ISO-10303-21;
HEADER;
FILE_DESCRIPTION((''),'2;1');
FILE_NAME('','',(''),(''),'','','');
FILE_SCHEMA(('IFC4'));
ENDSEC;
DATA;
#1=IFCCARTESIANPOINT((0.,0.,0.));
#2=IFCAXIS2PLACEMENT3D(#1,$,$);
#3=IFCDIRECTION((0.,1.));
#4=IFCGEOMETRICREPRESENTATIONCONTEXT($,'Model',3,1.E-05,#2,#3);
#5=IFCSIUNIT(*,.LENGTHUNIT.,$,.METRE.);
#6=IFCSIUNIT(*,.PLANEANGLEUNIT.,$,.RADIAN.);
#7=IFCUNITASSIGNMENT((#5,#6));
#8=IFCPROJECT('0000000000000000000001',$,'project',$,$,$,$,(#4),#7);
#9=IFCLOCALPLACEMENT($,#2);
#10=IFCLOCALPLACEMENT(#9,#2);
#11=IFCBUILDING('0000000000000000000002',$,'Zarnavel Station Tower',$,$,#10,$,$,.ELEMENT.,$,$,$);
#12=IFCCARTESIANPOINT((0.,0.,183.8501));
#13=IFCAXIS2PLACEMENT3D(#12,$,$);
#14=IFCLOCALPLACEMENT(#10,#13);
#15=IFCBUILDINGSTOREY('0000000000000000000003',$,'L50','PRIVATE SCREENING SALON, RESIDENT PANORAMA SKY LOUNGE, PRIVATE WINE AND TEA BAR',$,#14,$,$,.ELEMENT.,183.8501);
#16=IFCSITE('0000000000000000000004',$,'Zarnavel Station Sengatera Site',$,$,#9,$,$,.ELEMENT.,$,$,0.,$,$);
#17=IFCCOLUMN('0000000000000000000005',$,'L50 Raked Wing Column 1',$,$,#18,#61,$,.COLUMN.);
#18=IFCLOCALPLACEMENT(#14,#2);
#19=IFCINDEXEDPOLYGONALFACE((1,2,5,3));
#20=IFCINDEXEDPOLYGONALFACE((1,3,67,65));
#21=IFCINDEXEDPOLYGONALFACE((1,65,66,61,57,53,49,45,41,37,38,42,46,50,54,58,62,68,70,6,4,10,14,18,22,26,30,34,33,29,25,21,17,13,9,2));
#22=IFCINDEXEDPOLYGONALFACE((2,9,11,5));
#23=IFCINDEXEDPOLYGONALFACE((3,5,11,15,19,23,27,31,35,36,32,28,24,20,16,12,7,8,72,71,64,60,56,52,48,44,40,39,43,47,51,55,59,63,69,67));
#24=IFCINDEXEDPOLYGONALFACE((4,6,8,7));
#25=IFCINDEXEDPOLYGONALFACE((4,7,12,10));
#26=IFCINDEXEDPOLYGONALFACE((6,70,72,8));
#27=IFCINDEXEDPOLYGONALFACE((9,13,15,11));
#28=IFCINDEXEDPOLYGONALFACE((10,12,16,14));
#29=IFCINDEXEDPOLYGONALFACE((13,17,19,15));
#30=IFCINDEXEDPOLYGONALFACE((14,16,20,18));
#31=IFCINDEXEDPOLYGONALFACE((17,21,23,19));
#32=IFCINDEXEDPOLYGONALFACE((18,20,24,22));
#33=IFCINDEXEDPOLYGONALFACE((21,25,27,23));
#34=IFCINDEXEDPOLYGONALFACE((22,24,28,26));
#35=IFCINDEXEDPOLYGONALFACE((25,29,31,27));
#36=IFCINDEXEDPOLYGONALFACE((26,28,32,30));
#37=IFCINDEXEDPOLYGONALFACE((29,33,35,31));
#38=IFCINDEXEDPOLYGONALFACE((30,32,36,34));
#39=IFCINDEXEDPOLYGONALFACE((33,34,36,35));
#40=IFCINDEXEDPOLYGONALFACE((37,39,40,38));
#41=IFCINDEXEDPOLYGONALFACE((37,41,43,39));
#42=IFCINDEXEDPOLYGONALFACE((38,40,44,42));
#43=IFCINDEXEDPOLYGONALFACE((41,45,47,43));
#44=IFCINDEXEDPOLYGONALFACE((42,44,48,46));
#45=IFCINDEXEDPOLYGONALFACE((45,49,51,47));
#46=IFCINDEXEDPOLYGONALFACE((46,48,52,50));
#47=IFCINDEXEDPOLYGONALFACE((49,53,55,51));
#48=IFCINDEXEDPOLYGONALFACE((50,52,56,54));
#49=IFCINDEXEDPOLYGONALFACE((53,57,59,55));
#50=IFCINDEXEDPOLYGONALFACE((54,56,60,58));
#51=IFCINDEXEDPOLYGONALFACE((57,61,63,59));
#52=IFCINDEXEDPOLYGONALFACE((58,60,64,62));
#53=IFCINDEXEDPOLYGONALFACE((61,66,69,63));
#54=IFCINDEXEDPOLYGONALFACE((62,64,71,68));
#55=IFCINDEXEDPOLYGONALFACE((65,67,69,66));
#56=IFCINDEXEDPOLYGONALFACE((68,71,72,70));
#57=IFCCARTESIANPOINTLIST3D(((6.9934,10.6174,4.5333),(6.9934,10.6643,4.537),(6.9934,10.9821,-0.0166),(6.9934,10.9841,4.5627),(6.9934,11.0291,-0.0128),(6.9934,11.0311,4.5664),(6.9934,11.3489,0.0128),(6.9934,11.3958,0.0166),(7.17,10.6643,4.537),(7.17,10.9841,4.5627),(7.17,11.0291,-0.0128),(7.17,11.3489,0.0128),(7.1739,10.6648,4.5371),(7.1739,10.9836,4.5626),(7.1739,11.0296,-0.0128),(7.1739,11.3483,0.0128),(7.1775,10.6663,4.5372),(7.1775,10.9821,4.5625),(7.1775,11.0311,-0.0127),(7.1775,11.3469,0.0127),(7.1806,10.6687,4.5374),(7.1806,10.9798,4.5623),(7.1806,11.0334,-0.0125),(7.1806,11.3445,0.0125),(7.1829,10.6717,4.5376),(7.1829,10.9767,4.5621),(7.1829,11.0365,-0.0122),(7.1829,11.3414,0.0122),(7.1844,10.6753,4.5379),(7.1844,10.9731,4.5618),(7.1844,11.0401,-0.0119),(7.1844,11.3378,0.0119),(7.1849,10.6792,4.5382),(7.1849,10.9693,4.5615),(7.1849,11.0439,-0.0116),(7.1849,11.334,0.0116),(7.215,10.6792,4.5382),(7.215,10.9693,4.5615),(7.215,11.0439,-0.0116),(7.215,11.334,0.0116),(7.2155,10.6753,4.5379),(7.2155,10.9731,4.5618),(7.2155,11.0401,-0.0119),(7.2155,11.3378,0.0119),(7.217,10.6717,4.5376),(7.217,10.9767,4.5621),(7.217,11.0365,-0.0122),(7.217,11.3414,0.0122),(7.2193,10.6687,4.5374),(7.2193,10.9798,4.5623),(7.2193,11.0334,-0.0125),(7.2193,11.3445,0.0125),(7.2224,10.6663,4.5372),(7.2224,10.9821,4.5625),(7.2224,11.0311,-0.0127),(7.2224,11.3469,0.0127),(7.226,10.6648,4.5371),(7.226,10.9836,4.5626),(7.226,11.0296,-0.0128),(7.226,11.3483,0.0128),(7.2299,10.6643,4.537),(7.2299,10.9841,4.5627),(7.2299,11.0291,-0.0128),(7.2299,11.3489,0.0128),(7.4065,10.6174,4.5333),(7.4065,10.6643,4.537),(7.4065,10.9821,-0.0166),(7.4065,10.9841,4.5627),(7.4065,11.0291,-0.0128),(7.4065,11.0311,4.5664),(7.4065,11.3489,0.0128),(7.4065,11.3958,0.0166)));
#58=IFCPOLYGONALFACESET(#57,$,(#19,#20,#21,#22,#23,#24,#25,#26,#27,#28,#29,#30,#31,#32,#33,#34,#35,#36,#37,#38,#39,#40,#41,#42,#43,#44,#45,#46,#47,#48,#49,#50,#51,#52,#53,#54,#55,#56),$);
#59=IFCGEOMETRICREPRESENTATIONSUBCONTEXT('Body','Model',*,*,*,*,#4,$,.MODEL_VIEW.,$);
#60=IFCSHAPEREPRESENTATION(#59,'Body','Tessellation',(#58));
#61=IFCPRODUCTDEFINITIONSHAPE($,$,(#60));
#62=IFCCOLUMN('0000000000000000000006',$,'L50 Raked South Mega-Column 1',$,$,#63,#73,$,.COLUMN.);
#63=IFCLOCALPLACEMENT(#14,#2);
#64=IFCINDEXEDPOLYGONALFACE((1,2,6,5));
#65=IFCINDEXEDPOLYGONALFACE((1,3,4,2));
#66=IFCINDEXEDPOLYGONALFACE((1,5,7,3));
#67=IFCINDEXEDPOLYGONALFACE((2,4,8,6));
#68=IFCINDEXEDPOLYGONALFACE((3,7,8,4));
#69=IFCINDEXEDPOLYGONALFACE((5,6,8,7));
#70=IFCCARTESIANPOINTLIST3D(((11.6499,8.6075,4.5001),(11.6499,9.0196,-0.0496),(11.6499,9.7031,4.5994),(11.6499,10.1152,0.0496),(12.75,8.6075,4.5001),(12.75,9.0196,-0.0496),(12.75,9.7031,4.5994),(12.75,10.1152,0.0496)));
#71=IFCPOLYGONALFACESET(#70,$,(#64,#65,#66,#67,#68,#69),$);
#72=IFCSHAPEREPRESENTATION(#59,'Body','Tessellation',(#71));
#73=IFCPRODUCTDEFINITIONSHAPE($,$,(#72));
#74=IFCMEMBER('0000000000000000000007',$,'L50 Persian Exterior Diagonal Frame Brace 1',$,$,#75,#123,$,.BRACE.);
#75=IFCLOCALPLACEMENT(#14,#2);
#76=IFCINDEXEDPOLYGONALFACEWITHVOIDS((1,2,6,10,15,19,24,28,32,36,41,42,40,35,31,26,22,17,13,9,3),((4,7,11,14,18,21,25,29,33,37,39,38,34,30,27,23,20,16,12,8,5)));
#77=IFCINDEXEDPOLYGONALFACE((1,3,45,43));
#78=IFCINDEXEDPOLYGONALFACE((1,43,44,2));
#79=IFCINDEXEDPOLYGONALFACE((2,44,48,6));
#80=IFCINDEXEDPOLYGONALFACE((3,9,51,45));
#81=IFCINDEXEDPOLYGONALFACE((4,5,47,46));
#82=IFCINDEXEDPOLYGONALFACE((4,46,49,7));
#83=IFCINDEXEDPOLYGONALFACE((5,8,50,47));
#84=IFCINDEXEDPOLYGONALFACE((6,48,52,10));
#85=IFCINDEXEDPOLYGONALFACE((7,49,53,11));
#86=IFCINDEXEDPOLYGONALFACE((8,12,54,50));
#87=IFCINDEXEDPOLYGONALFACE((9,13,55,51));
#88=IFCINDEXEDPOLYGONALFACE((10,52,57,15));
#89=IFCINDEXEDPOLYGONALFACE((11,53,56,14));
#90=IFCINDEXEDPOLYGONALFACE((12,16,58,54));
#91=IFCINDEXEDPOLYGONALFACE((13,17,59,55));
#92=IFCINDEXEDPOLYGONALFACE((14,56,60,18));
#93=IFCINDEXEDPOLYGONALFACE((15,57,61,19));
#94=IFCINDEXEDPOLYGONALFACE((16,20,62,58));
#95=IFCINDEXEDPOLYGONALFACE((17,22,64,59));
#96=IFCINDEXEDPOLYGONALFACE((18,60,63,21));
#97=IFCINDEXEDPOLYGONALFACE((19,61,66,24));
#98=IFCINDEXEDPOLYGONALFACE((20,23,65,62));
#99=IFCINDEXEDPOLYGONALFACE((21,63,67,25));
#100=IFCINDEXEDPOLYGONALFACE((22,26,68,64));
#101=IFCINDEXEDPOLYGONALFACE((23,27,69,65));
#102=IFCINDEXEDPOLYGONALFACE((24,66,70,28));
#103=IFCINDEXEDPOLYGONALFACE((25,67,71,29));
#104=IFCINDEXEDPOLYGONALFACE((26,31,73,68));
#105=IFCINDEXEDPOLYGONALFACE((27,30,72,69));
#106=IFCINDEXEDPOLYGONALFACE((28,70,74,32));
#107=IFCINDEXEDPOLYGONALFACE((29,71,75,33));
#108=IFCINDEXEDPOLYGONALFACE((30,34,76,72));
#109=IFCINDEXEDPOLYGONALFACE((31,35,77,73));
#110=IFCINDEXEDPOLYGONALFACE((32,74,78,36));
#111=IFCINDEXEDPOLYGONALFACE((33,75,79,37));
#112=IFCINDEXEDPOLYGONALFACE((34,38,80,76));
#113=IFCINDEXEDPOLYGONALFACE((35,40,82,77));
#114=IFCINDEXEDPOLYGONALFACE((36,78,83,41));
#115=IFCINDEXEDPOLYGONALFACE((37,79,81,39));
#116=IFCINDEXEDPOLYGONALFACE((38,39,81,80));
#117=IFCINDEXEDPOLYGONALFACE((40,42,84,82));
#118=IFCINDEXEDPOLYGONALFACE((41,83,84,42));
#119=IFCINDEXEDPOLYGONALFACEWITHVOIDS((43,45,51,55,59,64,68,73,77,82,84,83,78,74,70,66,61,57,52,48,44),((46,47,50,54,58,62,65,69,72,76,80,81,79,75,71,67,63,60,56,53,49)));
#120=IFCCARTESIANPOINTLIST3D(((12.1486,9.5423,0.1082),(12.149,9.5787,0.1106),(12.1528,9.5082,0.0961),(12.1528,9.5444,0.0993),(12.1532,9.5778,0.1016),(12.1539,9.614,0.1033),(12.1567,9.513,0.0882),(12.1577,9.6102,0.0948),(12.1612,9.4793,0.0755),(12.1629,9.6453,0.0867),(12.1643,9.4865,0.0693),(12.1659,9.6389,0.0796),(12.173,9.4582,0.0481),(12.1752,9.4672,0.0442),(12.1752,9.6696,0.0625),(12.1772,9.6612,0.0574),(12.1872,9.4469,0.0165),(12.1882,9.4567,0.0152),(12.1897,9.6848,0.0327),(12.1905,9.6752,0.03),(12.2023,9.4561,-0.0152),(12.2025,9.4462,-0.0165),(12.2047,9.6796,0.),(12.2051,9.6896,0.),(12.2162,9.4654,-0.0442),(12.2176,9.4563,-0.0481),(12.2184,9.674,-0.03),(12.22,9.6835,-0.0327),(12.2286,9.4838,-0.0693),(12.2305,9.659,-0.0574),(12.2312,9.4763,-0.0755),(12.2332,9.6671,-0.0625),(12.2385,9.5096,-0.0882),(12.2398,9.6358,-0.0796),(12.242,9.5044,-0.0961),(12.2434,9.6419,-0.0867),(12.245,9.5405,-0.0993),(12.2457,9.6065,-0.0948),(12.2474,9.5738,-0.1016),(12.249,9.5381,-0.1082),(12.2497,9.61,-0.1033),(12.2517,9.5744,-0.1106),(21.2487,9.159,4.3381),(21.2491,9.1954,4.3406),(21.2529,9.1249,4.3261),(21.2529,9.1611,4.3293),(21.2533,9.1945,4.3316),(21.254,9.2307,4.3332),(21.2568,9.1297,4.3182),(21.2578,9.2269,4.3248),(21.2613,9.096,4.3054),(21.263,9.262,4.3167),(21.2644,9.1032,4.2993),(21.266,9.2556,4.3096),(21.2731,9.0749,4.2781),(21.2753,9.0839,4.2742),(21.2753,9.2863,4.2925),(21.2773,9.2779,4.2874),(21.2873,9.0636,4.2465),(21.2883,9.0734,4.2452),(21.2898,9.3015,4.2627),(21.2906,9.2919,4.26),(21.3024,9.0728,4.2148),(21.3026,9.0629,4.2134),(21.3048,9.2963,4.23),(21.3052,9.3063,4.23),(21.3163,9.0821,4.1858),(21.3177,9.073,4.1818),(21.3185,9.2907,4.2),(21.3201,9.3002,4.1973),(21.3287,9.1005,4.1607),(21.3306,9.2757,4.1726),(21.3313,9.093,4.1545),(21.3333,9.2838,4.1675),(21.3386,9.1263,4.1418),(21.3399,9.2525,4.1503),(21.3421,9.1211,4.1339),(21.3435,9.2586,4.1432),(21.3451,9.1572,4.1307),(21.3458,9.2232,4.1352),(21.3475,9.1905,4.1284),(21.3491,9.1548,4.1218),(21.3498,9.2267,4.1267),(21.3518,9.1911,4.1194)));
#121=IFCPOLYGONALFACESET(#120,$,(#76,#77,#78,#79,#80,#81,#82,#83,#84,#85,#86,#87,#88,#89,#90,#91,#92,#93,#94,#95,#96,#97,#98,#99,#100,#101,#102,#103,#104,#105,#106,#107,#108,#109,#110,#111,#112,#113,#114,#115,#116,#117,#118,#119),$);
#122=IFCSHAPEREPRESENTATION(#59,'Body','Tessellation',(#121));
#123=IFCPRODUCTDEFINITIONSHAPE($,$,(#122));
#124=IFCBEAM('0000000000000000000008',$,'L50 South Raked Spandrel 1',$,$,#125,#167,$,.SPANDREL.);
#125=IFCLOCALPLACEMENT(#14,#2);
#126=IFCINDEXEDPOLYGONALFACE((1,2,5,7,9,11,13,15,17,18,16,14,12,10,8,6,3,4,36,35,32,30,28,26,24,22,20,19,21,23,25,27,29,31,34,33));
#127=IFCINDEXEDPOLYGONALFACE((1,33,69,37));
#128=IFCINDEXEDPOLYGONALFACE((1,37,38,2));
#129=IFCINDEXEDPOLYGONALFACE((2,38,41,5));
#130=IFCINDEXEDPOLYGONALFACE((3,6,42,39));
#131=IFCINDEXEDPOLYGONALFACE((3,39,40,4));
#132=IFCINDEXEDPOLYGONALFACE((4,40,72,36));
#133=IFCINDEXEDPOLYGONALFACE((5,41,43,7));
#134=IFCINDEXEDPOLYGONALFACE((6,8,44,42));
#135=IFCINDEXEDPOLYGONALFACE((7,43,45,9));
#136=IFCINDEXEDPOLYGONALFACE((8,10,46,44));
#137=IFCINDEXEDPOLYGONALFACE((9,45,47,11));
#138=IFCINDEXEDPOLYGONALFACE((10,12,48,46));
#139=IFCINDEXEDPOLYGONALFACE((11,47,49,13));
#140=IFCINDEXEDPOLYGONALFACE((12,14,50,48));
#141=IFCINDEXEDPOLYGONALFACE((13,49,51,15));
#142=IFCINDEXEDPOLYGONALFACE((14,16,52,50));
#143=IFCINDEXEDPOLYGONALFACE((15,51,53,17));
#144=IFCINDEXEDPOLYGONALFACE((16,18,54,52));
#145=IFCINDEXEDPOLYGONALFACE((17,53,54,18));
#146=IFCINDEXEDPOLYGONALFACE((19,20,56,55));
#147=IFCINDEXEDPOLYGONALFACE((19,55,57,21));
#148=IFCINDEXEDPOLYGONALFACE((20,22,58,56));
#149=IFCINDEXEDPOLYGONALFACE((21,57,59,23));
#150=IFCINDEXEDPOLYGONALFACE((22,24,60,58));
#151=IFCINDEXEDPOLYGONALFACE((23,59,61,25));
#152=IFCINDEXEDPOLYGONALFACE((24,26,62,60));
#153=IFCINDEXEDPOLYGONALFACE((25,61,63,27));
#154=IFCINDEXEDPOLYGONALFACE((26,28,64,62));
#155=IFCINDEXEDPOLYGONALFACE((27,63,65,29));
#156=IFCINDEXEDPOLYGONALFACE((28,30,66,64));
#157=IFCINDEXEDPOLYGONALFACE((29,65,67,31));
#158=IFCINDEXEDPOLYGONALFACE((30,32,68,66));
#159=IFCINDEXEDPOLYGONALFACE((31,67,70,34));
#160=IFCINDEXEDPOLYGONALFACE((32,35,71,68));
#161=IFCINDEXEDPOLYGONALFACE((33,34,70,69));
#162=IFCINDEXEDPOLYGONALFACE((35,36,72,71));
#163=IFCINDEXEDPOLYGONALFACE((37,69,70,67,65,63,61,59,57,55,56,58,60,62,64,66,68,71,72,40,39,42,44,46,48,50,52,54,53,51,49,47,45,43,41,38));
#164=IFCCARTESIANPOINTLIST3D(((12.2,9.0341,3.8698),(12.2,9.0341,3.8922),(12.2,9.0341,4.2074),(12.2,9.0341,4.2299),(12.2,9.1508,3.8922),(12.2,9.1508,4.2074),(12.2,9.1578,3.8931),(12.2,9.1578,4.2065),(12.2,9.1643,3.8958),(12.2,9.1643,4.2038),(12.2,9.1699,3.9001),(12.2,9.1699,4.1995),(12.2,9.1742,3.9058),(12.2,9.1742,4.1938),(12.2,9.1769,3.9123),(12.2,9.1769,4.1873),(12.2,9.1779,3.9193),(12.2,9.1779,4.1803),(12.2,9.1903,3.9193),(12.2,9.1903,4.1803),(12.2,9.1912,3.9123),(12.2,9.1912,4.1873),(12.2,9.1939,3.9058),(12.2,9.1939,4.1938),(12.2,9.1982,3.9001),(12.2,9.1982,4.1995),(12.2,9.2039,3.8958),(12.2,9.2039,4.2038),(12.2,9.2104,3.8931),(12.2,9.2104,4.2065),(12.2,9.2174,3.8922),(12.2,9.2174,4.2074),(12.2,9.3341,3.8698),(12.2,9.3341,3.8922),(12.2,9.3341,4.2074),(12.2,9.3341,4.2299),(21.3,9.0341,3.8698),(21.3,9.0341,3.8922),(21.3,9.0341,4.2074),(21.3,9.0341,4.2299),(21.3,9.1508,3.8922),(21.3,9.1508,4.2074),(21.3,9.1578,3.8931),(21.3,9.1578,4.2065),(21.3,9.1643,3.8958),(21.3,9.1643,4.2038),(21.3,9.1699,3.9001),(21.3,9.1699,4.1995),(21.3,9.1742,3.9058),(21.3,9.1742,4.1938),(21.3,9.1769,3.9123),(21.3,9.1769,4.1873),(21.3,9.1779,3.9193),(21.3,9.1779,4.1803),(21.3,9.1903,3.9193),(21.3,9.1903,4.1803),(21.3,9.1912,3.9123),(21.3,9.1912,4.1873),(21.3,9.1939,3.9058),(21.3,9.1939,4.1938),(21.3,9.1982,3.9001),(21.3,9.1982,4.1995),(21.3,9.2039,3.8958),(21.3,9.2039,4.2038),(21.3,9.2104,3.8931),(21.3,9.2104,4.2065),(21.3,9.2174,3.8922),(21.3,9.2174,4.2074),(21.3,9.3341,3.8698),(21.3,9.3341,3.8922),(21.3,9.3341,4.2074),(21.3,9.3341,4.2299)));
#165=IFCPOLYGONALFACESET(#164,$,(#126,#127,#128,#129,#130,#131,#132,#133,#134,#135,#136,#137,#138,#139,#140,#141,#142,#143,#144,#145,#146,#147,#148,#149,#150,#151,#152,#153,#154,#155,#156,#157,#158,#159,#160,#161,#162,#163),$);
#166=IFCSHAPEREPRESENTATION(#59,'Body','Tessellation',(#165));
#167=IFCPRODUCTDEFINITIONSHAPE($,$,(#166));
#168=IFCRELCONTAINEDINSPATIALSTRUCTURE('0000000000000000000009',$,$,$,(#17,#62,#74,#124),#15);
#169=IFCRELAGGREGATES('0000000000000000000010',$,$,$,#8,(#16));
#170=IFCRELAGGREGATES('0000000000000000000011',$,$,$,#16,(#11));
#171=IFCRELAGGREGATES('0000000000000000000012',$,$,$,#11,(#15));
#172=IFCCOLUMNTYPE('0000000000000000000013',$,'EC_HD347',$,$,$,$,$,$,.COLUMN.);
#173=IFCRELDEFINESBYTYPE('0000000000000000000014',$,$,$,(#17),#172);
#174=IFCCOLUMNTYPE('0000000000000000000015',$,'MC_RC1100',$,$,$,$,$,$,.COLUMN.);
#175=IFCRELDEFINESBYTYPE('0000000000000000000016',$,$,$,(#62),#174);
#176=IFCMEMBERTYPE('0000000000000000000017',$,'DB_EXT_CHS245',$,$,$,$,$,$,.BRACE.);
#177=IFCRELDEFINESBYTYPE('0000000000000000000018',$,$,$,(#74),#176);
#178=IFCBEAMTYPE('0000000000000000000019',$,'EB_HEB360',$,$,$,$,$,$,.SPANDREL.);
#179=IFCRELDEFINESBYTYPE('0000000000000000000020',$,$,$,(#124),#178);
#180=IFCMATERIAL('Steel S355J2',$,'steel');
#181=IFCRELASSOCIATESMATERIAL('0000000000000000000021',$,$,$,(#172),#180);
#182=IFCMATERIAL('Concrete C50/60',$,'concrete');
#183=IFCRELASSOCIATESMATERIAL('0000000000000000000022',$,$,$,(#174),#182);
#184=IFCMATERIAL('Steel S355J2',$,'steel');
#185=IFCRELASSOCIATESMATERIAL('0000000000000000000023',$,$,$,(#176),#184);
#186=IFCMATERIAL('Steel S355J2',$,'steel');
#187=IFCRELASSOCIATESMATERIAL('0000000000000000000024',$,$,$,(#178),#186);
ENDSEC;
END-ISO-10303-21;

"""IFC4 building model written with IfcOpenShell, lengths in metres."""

from ifc_helpers import new_model, si_unit, direction, frame, origin, origin_2d, place, context, subcontext, project, spatial, rectangle, hollow_circle, i_section, extrude, material, material_profile, profile_set, type_object, element, save


model = new_model("IFC4")

# Units and contexts
model_context = context("Model", 3, precision=1e-05, world=origin(), true_north=direction((0.0, 1.0)))
body_context = subcontext(model_context, "Body", "Model", "MODEL_VIEW")
ifc_project = project(units=[si_unit("LENGTHUNIT", "METRE"), si_unit("PLANEANGLEUNIT", "RADIAN")], contexts=[model_context])

# Site, building, storey
site_placement = place(None, origin())
site = spatial("IfcSite", under=ifc_project, at=site_placement, Name="Zarnavel Station Sengatera Site", CompositionType="ELEMENT", RefElevation=0.0)
building_placement = place(site_placement, origin())
building = spatial("IfcBuilding", under=site, at=building_placement, Name="Zarnavel Station Tower", CompositionType="ELEMENT")
storey_placement = place(building_placement, frame((0.0, 0.0, 183.8501)))
storey = spatial("IfcBuildingStorey", under=building, at=storey_placement, Name="L50", Description="PRIVATE SCREENING SALON, RESIDENT PANORAMA SKY LOUNGE, PRIVATE WINE AND TEA BAR", CompositionType="ELEMENT", Elevation=183.8501)

# Columns
ifc_material_1 = material(Name="Steel S355J2", Category="steel")
ifc_material_profile_1 = material_profile(ifc_material_1, i_section(OverallWidth=0.4131, OverallDepth=0.415, WebThickness=0.03, FlangeThickness=0.0471, FilletRadius=0.0149, at=origin_2d()), Name="HD400x347")
ifc_profile_set_1 = profile_set([ifc_material_profile_1], Name="Steel S355J2")
column_type_1 = type_object("IfcColumnType", Name="EC_HD347", PredefinedType="COLUMN", material=ifc_profile_set_1)
column_1_placement = place(storey_placement, frame((7.2, 11.189, 0.0), z_axis=(0.0, -0.079911, 0.996802), x_axis=(1.0, 0.0, 0.0)))
element("IfcColumn", 1, at=column_1_placement, inside=storey, type_object=column_type_1, Name="L50 Raked Wing Column 1", PredefinedType="COLUMN", context=body_context, shape_type="SweptSolid", body=[
    extrude(i_section(OverallWidth=0.4131, OverallDepth=0.415, WebThickness=0.03, FlangeThickness=0.0471, FilletRadius=0.0149, at=origin_2d()), origin(), (0.0, 0.0, 1.0), 4.5645),
])
ifc_material_2 = material(Name="Concrete C50/60", Category="concrete")
ifc_material_profile_2 = material_profile(ifc_material_2, rectangle(XDim=1.1001, YDim=1.1001, at=origin_2d()), Name="RC1100x1100")
ifc_profile_set_2 = profile_set([ifc_material_profile_2], Name="Concrete C50/60")
column_type_2 = type_object("IfcColumnType", Name="MC_RC1100", PredefinedType="COLUMN", material=ifc_profile_set_2)
column_2_placement = place(storey_placement, frame((12.2, 9.5674, 0.0), z_axis=(0.0, -0.090208, 0.995923), x_axis=(1.0, 0.0, 0.0)))
element("IfcColumn", 2, at=column_2_placement, inside=storey, type_object=column_type_2, Name="L50 Raked South Mega-Column 1", PredefinedType="COLUMN", context=body_context, shape_type="SweptSolid", body=[
    extrude(rectangle(XDim=1.1001, YDim=1.1001, at=origin_2d()), origin(), (0.0, 0.0, 1.0), 4.5684),
])

# Member
ifc_material_3 = material(Name="Steel S355J2", Category="steel")
ifc_material_profile_3 = material_profile(ifc_material_3, hollow_circle(Radius=0.1223, WallThickness=0.01, at=origin_2d()), Name="CHS244.5x10")
ifc_profile_set_3 = profile_set([ifc_material_profile_3], Name="Steel S355J2")
member_type = type_object("IfcMemberType", Name="DB_EXT_CHS245", PredefinedType="BRACE", material=ifc_profile_set_3)
member_placement = place(storey_placement, frame((12.2, 9.5674, 0.0), z_axis=(0.90616, -0.038168, 0.421209), x_axis=(0.042083, 0.999114, 0.0)))
element("IfcMember", 3, at=member_placement, inside=storey, type_object=member_type, Name="L50 Persian Exterior Diagonal Frame Brace 1", PredefinedType="BRACE", context=body_context, shape_type="SweptSolid", body=[
    extrude(hollow_circle(Radius=0.1223, WallThickness=0.01, at=origin_2d()), origin(), (0.0, 0.0, 1.0), 10.0425),
])

# Beam
ifc_material_4 = material(Name="Steel S355J2", Category="steel")
ifc_material_profile_4 = material_profile(ifc_material_4, i_section(OverallWidth=0.3, OverallDepth=0.3601, WebThickness=0.0125, FlangeThickness=0.0225, FilletRadius=0.0271, at=origin_2d()), Name="HEB360")
ifc_profile_set_4 = profile_set([ifc_material_profile_4], Name="Steel S355J2")
beam_type_1 = type_object("IfcBeamType", Name="EB_HEB360", PredefinedType="SPANDREL", material=ifc_profile_set_4)
beam_1_placement = place(storey_placement, frame((12.2, 9.1841, 4.0498), z_axis=(1.0, 0.0, 0.0), x_axis=(0.0, 1.0, 0.0)))
element("IfcBeam", 4, at=beam_1_placement, inside=storey, type_object=beam_type_1, Name="L50 South Raked Spandrel 1", PredefinedType="SPANDREL", context=body_context, shape_type="SweptSolid", body=[
    extrude(i_section(OverallWidth=0.3, OverallDepth=0.3601, WebThickness=0.0125, FlangeThickness=0.0225, FilletRadius=0.0271, at=origin_2d()), origin(), (0.0, 0.0, 1.0), 9.1001),
])

save(model, "model.ifc")
